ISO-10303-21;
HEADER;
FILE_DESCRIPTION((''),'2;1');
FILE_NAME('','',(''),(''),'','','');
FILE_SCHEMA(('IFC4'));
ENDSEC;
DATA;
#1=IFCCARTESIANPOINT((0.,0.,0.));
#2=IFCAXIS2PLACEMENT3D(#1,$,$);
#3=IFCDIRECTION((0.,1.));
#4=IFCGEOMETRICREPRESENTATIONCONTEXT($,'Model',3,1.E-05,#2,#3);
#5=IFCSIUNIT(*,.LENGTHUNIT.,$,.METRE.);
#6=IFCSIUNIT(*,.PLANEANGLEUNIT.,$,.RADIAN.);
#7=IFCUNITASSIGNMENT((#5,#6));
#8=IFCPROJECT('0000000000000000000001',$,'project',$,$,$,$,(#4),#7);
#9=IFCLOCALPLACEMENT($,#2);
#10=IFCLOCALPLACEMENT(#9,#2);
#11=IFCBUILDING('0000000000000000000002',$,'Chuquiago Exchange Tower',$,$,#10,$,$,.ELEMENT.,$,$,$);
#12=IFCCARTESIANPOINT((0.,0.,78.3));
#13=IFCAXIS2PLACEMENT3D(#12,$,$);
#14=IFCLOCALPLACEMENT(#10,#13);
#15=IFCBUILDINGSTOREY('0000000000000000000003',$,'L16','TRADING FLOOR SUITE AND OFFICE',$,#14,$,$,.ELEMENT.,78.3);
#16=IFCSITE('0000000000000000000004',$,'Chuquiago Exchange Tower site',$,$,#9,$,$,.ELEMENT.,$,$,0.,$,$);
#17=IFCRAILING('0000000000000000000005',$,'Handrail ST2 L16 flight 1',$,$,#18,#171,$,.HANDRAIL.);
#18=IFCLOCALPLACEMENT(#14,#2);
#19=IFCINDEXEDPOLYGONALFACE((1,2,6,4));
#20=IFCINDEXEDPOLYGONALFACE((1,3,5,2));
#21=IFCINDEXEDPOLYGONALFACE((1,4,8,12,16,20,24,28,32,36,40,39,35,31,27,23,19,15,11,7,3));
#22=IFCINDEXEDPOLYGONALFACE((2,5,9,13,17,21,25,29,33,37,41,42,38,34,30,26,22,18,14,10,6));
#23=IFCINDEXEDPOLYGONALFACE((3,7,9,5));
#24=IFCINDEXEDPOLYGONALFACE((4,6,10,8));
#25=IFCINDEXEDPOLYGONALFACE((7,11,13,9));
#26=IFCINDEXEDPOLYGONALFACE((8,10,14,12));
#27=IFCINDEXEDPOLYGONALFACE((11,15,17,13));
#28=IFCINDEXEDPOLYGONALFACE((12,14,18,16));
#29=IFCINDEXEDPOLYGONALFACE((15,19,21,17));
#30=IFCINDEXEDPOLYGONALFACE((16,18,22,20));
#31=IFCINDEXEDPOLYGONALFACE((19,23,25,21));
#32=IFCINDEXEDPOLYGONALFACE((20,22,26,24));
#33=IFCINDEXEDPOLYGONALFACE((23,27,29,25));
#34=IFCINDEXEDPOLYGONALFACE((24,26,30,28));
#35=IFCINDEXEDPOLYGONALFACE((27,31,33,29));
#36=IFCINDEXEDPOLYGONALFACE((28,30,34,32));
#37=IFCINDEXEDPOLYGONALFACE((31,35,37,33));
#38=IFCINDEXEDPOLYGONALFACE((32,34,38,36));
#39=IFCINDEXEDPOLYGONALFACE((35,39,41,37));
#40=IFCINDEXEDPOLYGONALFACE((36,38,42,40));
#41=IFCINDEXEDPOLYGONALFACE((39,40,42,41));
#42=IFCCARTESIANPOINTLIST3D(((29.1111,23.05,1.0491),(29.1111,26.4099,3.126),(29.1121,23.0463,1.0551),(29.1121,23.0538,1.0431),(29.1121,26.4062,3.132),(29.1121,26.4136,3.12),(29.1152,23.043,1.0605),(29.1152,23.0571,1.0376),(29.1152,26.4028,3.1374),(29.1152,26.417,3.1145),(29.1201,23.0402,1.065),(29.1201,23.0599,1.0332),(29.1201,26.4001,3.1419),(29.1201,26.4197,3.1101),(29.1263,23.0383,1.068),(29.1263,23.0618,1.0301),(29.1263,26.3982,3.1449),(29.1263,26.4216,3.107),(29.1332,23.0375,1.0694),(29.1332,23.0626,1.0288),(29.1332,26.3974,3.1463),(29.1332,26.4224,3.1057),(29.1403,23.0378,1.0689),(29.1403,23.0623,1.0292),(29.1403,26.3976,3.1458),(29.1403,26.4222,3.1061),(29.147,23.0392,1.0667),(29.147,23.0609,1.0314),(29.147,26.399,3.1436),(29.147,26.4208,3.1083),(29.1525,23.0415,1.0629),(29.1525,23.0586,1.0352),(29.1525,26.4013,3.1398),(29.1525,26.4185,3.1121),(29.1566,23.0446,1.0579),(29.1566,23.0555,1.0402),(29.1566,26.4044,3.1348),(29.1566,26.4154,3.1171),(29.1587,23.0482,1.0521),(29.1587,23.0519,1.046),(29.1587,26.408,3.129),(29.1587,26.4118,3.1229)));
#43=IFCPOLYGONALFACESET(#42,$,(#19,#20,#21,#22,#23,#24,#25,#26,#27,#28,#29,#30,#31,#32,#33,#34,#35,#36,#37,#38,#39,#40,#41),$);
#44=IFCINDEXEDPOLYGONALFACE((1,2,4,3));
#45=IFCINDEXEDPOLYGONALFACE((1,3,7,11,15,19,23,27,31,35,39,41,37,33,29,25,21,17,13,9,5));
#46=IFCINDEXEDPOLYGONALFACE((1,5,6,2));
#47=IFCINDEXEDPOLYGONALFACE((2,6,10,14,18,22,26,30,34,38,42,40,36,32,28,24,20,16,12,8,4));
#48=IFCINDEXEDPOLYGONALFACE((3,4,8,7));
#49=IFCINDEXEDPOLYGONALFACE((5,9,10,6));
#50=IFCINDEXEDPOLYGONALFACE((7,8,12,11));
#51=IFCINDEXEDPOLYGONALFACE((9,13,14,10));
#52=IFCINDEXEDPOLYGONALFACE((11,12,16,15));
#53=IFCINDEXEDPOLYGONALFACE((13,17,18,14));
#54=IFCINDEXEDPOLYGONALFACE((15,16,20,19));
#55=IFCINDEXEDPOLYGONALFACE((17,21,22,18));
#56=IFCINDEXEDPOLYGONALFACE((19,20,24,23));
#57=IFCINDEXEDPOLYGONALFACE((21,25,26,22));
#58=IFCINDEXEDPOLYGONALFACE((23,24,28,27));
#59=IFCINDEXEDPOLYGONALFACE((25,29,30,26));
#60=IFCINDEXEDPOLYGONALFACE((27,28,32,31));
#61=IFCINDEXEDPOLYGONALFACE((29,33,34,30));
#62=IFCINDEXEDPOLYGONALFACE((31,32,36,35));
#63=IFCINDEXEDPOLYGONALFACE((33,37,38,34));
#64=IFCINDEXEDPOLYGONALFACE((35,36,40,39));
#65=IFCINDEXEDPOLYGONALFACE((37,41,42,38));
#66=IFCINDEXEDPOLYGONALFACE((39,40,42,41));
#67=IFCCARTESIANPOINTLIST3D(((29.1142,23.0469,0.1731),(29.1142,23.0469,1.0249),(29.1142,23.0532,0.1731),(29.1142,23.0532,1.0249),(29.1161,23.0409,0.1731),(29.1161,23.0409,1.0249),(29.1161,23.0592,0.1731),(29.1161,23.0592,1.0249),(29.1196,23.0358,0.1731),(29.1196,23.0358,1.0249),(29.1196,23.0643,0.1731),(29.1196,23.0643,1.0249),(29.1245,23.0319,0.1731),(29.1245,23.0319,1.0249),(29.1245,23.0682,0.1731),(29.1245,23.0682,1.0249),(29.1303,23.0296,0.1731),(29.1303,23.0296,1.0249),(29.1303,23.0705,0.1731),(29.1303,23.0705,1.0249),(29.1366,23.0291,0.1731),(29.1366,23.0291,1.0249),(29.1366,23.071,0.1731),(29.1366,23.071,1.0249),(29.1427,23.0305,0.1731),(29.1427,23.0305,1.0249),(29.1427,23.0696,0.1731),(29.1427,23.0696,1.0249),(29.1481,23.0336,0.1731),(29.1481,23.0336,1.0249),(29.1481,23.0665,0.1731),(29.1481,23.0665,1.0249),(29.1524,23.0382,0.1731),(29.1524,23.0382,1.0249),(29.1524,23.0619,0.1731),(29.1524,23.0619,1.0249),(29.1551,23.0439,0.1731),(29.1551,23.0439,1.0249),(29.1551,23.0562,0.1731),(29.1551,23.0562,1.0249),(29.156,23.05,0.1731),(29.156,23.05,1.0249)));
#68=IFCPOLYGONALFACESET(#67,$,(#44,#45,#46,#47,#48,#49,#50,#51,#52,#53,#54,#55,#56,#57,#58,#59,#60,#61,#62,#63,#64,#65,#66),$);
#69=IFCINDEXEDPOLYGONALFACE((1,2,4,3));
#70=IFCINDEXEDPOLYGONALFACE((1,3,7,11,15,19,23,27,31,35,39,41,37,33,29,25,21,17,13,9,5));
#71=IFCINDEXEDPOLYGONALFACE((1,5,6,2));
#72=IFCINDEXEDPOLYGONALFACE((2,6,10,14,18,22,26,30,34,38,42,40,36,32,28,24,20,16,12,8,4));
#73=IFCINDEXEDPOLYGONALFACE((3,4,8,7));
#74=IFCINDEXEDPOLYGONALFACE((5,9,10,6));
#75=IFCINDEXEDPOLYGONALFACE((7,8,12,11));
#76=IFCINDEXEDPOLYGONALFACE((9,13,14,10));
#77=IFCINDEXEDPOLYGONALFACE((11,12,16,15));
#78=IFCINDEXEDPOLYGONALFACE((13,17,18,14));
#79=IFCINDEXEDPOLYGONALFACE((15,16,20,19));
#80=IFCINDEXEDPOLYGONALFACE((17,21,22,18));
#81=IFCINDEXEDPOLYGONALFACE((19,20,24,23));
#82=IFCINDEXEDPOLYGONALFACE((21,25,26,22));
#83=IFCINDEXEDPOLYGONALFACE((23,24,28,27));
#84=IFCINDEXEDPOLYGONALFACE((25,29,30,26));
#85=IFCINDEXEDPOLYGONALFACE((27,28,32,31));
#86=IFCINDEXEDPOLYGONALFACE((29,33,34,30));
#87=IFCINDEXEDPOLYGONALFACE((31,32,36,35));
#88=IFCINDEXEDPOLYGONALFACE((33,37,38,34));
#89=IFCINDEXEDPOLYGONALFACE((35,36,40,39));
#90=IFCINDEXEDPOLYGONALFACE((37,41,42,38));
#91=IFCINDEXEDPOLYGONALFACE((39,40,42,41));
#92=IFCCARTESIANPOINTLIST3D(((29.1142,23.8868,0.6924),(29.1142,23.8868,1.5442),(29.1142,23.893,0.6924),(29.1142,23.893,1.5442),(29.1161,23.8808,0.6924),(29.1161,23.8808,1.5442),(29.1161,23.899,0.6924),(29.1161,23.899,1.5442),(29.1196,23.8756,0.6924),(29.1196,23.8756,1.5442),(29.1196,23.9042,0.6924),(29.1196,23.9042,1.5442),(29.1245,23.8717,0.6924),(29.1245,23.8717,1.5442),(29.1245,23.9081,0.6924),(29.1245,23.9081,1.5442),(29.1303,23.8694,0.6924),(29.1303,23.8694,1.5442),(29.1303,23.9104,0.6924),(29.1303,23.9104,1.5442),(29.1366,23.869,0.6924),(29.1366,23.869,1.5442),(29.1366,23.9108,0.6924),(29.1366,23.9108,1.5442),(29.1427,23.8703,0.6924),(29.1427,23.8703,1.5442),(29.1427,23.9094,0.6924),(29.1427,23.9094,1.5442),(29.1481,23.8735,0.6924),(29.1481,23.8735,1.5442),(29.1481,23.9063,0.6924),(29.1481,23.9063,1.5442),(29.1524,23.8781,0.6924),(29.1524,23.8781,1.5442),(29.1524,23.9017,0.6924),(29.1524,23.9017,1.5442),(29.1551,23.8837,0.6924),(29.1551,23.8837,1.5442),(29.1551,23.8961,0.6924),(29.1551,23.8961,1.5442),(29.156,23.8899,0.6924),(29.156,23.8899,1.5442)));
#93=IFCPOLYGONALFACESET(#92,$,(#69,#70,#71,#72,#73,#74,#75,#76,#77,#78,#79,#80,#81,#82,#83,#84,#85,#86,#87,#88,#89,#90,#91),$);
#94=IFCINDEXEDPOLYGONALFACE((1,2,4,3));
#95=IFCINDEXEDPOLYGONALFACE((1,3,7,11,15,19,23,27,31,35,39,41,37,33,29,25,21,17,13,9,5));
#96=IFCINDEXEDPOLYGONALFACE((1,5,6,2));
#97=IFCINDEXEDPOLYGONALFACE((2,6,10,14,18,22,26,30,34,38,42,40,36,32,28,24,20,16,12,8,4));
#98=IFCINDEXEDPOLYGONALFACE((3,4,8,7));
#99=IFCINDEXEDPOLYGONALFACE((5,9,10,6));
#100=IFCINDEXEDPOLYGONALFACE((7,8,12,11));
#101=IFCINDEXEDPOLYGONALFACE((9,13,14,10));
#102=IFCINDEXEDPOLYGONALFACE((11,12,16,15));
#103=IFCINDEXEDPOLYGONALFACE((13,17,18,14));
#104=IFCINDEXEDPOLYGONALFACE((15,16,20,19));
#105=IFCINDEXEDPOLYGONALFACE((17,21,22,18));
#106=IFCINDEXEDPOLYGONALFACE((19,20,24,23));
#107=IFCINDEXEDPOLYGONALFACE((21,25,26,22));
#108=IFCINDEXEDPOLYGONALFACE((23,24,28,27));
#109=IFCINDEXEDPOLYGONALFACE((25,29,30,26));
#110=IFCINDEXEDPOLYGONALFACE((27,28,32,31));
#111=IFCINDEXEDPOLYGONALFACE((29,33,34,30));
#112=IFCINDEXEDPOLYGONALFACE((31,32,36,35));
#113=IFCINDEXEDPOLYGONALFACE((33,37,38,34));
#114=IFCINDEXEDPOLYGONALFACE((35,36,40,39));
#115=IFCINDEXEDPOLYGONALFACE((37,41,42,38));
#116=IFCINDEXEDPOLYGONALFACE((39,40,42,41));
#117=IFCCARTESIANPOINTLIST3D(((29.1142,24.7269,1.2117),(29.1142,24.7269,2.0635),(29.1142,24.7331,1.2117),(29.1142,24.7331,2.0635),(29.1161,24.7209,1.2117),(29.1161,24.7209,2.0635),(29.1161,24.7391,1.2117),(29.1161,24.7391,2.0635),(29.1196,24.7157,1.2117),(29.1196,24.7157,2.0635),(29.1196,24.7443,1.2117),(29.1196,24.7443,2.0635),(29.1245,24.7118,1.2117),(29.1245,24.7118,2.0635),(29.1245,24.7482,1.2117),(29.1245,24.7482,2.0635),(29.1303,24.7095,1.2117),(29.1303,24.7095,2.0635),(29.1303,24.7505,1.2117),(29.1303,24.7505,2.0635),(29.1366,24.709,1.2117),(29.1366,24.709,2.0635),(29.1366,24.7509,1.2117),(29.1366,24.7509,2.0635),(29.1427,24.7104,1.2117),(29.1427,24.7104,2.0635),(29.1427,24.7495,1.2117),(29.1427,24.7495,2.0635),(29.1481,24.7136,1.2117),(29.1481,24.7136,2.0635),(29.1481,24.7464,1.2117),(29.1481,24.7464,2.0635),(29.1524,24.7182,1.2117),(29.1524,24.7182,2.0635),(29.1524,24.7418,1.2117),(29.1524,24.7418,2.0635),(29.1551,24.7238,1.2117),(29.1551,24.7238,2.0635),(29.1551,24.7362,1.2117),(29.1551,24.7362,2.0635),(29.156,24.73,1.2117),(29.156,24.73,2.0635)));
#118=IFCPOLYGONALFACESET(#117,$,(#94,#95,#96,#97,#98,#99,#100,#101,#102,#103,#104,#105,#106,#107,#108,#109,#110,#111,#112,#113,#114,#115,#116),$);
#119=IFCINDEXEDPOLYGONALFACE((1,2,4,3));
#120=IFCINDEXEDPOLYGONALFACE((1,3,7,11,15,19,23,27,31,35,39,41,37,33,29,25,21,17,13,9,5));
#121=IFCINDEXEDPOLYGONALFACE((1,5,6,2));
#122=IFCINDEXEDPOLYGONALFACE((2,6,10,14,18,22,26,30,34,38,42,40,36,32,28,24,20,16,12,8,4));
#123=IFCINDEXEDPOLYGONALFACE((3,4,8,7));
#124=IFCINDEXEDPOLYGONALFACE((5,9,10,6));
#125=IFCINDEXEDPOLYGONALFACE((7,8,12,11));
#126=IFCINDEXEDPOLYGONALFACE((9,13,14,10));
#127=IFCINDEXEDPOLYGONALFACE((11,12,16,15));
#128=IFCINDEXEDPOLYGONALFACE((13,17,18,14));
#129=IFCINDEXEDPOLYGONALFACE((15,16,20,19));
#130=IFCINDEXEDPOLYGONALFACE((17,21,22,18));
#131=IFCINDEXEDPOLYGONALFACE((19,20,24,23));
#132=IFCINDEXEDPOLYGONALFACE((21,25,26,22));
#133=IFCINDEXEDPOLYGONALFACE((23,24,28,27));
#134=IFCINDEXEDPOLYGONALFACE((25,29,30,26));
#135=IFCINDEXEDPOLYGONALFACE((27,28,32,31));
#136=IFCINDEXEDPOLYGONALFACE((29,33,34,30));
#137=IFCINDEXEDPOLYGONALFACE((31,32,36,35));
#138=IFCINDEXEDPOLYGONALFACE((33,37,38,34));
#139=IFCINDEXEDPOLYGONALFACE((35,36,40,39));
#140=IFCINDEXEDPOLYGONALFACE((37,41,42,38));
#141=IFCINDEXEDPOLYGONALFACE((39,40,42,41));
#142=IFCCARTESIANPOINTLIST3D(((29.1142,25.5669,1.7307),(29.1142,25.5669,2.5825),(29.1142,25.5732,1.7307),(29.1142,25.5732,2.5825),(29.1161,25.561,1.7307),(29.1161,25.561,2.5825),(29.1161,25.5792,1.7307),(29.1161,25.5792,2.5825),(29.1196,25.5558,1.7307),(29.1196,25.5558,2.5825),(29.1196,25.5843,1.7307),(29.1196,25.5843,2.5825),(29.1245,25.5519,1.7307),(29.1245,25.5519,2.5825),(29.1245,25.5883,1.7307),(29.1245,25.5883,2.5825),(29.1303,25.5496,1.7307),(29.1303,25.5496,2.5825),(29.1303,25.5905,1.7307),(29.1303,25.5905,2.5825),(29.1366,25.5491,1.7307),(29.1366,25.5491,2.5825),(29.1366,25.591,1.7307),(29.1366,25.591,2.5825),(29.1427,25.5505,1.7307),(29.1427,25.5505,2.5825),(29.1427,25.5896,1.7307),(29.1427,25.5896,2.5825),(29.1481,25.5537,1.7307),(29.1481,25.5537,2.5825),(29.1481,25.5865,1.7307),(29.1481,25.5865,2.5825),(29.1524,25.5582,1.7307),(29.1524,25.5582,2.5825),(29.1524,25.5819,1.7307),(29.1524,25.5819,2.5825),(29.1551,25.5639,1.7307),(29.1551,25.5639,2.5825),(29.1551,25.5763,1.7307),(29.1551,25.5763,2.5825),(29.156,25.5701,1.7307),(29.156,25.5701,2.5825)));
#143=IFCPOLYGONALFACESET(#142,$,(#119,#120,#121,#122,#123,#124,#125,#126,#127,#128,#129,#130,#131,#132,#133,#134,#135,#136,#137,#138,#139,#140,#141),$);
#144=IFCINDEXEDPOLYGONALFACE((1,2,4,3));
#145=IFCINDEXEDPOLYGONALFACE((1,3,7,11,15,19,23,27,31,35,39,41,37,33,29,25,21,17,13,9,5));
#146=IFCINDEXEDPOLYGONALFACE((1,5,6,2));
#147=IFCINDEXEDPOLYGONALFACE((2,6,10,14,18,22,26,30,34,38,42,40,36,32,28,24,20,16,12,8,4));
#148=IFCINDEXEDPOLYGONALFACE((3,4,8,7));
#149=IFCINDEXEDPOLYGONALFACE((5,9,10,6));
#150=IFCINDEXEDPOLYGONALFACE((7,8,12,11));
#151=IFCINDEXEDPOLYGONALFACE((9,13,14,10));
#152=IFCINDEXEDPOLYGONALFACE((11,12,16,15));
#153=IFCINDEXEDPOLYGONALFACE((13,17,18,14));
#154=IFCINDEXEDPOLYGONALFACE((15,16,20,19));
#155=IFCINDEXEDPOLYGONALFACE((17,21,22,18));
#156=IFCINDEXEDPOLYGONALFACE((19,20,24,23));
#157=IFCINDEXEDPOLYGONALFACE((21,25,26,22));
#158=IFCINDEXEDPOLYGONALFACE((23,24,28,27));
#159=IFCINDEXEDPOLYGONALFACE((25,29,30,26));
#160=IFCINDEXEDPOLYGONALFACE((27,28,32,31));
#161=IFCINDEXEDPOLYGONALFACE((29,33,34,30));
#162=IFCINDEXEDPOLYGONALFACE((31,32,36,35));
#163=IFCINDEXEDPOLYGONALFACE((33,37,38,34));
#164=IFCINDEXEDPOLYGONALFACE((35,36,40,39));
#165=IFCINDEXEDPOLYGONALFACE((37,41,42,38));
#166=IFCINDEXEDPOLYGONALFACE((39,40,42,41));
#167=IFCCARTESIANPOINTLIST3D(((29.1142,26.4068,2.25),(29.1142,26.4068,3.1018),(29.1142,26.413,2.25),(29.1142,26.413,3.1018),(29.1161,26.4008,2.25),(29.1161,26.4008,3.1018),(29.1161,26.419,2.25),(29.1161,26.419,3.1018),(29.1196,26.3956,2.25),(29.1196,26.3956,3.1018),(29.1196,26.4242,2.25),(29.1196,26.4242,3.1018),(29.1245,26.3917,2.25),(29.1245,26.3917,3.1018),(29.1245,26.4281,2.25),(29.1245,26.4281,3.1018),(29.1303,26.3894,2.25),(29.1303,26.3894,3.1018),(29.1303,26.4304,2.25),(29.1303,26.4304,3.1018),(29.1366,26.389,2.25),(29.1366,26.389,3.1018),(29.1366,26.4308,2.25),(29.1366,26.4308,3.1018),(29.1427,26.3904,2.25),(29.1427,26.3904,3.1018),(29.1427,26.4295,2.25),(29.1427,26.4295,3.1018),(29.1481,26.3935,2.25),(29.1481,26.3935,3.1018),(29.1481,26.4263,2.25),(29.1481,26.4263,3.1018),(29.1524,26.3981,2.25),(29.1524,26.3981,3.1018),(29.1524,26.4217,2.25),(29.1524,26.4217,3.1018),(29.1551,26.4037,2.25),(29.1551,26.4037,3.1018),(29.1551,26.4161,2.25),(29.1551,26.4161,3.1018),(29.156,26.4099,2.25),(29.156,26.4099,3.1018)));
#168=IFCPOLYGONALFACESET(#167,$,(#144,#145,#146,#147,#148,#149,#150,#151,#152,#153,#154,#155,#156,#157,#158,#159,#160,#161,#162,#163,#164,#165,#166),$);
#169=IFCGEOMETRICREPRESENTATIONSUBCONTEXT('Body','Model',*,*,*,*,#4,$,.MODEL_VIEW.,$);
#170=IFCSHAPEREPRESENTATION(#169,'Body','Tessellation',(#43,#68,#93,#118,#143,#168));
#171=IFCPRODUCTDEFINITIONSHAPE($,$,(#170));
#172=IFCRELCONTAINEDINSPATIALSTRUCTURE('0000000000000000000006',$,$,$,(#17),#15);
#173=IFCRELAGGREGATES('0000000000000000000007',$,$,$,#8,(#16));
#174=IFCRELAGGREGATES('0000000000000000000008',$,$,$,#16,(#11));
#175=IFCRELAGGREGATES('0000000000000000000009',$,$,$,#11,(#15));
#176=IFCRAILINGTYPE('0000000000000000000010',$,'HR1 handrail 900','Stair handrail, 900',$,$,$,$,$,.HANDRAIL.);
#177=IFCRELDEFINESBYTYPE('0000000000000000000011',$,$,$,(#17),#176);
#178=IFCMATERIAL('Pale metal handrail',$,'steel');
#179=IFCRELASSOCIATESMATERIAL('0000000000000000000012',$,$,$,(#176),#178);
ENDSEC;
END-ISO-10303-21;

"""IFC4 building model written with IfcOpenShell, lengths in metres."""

from ifc_helpers import new_model, si_unit, direction, frame, origin, origin_2d, place, context, subcontext, project, spatial, circle, extrude, material, type_object, element, save


model = new_model("IFC4")

# Units and contexts
model_context = context("Model", 3, precision=1e-05, world=origin(), true_north=direction((0.0, 1.0)))
body_context = subcontext(model_context, "Body", "Model", "MODEL_VIEW")
ifc_project = project(units=[si_unit("LENGTHUNIT", "METRE"), si_unit("PLANEANGLEUNIT", "RADIAN")], contexts=[model_context])

# Site, building, storey
site_placement = place(None, origin())
site = spatial("IfcSite", under=ifc_project, at=site_placement, Name="Chuquiago Exchange Tower site", CompositionType="ELEMENT", RefElevation=0.0)
building_placement = place(site_placement, origin())
building = spatial("IfcBuilding", under=site, at=building_placement, Name="Chuquiago Exchange Tower", CompositionType="ELEMENT")
storey_placement = place(building_placement, frame((0.0, 0.0, 78.3)))
storey = spatial("IfcBuildingStorey", under=building, at=storey_placement, Name="L16", Description="TRADING FLOOR SUITE AND OFFICE", CompositionType="ELEMENT", Elevation=78.3)

# Railing
ifc_material_1 = material(Name="Pale metal handrail", Category="steel")
railing_type_1 = type_object("IfcRailingType", Name="HR1 handrail 900", Description="Stair handrail, 900", PredefinedType="HANDRAIL", material=ifc_material_1)
for number, where, name in (
    (1, (29.135, 23.05, 0.1731), "Handrail ST2 L16 flight 1"),
):
    element("IfcRailing", number, at=place(storey_placement, frame(where)), inside=storey, type_object=railing_type_1, Name=name, PredefinedType="HANDRAIL", context=body_context, shape_type="SweptSolid", body=[
        extrude(circle(Radius=0.0239, at=origin_2d()), frame((0.0, 0.0, 0.876), z_axis=(0.0, 0.850606, 0.525803), x_axis=(-1.0, 0.0, 0.0)), (0.0, 0.0, 1.0), 3.95),
        extrude(circle(Radius=0.021, at=origin_2d()), origin(), (0.0, 0.0, 1.0), 0.8518),
        extrude(circle(Radius=0.021, at=origin_2d()), frame((0.0, 0.8398, 0.5193)), (0.0, 0.0, 1.0), 0.8518),
        extrude(circle(Radius=0.021, at=origin_2d()), frame((0.0, 1.6799, 1.0386)), (0.0, 0.0, 1.0), 0.8518),
        extrude(circle(Radius=0.021, at=origin_2d()), frame((0.0, 2.52, 1.5576)), (0.0, 0.0, 1.0), 0.8518),
        extrude(circle(Radius=0.021, at=origin_2d()), frame((0.0, 3.3599, 2.0769)), (0.0, 0.0, 1.0), 0.8518),
    ])

save(model, "model.ifc")
